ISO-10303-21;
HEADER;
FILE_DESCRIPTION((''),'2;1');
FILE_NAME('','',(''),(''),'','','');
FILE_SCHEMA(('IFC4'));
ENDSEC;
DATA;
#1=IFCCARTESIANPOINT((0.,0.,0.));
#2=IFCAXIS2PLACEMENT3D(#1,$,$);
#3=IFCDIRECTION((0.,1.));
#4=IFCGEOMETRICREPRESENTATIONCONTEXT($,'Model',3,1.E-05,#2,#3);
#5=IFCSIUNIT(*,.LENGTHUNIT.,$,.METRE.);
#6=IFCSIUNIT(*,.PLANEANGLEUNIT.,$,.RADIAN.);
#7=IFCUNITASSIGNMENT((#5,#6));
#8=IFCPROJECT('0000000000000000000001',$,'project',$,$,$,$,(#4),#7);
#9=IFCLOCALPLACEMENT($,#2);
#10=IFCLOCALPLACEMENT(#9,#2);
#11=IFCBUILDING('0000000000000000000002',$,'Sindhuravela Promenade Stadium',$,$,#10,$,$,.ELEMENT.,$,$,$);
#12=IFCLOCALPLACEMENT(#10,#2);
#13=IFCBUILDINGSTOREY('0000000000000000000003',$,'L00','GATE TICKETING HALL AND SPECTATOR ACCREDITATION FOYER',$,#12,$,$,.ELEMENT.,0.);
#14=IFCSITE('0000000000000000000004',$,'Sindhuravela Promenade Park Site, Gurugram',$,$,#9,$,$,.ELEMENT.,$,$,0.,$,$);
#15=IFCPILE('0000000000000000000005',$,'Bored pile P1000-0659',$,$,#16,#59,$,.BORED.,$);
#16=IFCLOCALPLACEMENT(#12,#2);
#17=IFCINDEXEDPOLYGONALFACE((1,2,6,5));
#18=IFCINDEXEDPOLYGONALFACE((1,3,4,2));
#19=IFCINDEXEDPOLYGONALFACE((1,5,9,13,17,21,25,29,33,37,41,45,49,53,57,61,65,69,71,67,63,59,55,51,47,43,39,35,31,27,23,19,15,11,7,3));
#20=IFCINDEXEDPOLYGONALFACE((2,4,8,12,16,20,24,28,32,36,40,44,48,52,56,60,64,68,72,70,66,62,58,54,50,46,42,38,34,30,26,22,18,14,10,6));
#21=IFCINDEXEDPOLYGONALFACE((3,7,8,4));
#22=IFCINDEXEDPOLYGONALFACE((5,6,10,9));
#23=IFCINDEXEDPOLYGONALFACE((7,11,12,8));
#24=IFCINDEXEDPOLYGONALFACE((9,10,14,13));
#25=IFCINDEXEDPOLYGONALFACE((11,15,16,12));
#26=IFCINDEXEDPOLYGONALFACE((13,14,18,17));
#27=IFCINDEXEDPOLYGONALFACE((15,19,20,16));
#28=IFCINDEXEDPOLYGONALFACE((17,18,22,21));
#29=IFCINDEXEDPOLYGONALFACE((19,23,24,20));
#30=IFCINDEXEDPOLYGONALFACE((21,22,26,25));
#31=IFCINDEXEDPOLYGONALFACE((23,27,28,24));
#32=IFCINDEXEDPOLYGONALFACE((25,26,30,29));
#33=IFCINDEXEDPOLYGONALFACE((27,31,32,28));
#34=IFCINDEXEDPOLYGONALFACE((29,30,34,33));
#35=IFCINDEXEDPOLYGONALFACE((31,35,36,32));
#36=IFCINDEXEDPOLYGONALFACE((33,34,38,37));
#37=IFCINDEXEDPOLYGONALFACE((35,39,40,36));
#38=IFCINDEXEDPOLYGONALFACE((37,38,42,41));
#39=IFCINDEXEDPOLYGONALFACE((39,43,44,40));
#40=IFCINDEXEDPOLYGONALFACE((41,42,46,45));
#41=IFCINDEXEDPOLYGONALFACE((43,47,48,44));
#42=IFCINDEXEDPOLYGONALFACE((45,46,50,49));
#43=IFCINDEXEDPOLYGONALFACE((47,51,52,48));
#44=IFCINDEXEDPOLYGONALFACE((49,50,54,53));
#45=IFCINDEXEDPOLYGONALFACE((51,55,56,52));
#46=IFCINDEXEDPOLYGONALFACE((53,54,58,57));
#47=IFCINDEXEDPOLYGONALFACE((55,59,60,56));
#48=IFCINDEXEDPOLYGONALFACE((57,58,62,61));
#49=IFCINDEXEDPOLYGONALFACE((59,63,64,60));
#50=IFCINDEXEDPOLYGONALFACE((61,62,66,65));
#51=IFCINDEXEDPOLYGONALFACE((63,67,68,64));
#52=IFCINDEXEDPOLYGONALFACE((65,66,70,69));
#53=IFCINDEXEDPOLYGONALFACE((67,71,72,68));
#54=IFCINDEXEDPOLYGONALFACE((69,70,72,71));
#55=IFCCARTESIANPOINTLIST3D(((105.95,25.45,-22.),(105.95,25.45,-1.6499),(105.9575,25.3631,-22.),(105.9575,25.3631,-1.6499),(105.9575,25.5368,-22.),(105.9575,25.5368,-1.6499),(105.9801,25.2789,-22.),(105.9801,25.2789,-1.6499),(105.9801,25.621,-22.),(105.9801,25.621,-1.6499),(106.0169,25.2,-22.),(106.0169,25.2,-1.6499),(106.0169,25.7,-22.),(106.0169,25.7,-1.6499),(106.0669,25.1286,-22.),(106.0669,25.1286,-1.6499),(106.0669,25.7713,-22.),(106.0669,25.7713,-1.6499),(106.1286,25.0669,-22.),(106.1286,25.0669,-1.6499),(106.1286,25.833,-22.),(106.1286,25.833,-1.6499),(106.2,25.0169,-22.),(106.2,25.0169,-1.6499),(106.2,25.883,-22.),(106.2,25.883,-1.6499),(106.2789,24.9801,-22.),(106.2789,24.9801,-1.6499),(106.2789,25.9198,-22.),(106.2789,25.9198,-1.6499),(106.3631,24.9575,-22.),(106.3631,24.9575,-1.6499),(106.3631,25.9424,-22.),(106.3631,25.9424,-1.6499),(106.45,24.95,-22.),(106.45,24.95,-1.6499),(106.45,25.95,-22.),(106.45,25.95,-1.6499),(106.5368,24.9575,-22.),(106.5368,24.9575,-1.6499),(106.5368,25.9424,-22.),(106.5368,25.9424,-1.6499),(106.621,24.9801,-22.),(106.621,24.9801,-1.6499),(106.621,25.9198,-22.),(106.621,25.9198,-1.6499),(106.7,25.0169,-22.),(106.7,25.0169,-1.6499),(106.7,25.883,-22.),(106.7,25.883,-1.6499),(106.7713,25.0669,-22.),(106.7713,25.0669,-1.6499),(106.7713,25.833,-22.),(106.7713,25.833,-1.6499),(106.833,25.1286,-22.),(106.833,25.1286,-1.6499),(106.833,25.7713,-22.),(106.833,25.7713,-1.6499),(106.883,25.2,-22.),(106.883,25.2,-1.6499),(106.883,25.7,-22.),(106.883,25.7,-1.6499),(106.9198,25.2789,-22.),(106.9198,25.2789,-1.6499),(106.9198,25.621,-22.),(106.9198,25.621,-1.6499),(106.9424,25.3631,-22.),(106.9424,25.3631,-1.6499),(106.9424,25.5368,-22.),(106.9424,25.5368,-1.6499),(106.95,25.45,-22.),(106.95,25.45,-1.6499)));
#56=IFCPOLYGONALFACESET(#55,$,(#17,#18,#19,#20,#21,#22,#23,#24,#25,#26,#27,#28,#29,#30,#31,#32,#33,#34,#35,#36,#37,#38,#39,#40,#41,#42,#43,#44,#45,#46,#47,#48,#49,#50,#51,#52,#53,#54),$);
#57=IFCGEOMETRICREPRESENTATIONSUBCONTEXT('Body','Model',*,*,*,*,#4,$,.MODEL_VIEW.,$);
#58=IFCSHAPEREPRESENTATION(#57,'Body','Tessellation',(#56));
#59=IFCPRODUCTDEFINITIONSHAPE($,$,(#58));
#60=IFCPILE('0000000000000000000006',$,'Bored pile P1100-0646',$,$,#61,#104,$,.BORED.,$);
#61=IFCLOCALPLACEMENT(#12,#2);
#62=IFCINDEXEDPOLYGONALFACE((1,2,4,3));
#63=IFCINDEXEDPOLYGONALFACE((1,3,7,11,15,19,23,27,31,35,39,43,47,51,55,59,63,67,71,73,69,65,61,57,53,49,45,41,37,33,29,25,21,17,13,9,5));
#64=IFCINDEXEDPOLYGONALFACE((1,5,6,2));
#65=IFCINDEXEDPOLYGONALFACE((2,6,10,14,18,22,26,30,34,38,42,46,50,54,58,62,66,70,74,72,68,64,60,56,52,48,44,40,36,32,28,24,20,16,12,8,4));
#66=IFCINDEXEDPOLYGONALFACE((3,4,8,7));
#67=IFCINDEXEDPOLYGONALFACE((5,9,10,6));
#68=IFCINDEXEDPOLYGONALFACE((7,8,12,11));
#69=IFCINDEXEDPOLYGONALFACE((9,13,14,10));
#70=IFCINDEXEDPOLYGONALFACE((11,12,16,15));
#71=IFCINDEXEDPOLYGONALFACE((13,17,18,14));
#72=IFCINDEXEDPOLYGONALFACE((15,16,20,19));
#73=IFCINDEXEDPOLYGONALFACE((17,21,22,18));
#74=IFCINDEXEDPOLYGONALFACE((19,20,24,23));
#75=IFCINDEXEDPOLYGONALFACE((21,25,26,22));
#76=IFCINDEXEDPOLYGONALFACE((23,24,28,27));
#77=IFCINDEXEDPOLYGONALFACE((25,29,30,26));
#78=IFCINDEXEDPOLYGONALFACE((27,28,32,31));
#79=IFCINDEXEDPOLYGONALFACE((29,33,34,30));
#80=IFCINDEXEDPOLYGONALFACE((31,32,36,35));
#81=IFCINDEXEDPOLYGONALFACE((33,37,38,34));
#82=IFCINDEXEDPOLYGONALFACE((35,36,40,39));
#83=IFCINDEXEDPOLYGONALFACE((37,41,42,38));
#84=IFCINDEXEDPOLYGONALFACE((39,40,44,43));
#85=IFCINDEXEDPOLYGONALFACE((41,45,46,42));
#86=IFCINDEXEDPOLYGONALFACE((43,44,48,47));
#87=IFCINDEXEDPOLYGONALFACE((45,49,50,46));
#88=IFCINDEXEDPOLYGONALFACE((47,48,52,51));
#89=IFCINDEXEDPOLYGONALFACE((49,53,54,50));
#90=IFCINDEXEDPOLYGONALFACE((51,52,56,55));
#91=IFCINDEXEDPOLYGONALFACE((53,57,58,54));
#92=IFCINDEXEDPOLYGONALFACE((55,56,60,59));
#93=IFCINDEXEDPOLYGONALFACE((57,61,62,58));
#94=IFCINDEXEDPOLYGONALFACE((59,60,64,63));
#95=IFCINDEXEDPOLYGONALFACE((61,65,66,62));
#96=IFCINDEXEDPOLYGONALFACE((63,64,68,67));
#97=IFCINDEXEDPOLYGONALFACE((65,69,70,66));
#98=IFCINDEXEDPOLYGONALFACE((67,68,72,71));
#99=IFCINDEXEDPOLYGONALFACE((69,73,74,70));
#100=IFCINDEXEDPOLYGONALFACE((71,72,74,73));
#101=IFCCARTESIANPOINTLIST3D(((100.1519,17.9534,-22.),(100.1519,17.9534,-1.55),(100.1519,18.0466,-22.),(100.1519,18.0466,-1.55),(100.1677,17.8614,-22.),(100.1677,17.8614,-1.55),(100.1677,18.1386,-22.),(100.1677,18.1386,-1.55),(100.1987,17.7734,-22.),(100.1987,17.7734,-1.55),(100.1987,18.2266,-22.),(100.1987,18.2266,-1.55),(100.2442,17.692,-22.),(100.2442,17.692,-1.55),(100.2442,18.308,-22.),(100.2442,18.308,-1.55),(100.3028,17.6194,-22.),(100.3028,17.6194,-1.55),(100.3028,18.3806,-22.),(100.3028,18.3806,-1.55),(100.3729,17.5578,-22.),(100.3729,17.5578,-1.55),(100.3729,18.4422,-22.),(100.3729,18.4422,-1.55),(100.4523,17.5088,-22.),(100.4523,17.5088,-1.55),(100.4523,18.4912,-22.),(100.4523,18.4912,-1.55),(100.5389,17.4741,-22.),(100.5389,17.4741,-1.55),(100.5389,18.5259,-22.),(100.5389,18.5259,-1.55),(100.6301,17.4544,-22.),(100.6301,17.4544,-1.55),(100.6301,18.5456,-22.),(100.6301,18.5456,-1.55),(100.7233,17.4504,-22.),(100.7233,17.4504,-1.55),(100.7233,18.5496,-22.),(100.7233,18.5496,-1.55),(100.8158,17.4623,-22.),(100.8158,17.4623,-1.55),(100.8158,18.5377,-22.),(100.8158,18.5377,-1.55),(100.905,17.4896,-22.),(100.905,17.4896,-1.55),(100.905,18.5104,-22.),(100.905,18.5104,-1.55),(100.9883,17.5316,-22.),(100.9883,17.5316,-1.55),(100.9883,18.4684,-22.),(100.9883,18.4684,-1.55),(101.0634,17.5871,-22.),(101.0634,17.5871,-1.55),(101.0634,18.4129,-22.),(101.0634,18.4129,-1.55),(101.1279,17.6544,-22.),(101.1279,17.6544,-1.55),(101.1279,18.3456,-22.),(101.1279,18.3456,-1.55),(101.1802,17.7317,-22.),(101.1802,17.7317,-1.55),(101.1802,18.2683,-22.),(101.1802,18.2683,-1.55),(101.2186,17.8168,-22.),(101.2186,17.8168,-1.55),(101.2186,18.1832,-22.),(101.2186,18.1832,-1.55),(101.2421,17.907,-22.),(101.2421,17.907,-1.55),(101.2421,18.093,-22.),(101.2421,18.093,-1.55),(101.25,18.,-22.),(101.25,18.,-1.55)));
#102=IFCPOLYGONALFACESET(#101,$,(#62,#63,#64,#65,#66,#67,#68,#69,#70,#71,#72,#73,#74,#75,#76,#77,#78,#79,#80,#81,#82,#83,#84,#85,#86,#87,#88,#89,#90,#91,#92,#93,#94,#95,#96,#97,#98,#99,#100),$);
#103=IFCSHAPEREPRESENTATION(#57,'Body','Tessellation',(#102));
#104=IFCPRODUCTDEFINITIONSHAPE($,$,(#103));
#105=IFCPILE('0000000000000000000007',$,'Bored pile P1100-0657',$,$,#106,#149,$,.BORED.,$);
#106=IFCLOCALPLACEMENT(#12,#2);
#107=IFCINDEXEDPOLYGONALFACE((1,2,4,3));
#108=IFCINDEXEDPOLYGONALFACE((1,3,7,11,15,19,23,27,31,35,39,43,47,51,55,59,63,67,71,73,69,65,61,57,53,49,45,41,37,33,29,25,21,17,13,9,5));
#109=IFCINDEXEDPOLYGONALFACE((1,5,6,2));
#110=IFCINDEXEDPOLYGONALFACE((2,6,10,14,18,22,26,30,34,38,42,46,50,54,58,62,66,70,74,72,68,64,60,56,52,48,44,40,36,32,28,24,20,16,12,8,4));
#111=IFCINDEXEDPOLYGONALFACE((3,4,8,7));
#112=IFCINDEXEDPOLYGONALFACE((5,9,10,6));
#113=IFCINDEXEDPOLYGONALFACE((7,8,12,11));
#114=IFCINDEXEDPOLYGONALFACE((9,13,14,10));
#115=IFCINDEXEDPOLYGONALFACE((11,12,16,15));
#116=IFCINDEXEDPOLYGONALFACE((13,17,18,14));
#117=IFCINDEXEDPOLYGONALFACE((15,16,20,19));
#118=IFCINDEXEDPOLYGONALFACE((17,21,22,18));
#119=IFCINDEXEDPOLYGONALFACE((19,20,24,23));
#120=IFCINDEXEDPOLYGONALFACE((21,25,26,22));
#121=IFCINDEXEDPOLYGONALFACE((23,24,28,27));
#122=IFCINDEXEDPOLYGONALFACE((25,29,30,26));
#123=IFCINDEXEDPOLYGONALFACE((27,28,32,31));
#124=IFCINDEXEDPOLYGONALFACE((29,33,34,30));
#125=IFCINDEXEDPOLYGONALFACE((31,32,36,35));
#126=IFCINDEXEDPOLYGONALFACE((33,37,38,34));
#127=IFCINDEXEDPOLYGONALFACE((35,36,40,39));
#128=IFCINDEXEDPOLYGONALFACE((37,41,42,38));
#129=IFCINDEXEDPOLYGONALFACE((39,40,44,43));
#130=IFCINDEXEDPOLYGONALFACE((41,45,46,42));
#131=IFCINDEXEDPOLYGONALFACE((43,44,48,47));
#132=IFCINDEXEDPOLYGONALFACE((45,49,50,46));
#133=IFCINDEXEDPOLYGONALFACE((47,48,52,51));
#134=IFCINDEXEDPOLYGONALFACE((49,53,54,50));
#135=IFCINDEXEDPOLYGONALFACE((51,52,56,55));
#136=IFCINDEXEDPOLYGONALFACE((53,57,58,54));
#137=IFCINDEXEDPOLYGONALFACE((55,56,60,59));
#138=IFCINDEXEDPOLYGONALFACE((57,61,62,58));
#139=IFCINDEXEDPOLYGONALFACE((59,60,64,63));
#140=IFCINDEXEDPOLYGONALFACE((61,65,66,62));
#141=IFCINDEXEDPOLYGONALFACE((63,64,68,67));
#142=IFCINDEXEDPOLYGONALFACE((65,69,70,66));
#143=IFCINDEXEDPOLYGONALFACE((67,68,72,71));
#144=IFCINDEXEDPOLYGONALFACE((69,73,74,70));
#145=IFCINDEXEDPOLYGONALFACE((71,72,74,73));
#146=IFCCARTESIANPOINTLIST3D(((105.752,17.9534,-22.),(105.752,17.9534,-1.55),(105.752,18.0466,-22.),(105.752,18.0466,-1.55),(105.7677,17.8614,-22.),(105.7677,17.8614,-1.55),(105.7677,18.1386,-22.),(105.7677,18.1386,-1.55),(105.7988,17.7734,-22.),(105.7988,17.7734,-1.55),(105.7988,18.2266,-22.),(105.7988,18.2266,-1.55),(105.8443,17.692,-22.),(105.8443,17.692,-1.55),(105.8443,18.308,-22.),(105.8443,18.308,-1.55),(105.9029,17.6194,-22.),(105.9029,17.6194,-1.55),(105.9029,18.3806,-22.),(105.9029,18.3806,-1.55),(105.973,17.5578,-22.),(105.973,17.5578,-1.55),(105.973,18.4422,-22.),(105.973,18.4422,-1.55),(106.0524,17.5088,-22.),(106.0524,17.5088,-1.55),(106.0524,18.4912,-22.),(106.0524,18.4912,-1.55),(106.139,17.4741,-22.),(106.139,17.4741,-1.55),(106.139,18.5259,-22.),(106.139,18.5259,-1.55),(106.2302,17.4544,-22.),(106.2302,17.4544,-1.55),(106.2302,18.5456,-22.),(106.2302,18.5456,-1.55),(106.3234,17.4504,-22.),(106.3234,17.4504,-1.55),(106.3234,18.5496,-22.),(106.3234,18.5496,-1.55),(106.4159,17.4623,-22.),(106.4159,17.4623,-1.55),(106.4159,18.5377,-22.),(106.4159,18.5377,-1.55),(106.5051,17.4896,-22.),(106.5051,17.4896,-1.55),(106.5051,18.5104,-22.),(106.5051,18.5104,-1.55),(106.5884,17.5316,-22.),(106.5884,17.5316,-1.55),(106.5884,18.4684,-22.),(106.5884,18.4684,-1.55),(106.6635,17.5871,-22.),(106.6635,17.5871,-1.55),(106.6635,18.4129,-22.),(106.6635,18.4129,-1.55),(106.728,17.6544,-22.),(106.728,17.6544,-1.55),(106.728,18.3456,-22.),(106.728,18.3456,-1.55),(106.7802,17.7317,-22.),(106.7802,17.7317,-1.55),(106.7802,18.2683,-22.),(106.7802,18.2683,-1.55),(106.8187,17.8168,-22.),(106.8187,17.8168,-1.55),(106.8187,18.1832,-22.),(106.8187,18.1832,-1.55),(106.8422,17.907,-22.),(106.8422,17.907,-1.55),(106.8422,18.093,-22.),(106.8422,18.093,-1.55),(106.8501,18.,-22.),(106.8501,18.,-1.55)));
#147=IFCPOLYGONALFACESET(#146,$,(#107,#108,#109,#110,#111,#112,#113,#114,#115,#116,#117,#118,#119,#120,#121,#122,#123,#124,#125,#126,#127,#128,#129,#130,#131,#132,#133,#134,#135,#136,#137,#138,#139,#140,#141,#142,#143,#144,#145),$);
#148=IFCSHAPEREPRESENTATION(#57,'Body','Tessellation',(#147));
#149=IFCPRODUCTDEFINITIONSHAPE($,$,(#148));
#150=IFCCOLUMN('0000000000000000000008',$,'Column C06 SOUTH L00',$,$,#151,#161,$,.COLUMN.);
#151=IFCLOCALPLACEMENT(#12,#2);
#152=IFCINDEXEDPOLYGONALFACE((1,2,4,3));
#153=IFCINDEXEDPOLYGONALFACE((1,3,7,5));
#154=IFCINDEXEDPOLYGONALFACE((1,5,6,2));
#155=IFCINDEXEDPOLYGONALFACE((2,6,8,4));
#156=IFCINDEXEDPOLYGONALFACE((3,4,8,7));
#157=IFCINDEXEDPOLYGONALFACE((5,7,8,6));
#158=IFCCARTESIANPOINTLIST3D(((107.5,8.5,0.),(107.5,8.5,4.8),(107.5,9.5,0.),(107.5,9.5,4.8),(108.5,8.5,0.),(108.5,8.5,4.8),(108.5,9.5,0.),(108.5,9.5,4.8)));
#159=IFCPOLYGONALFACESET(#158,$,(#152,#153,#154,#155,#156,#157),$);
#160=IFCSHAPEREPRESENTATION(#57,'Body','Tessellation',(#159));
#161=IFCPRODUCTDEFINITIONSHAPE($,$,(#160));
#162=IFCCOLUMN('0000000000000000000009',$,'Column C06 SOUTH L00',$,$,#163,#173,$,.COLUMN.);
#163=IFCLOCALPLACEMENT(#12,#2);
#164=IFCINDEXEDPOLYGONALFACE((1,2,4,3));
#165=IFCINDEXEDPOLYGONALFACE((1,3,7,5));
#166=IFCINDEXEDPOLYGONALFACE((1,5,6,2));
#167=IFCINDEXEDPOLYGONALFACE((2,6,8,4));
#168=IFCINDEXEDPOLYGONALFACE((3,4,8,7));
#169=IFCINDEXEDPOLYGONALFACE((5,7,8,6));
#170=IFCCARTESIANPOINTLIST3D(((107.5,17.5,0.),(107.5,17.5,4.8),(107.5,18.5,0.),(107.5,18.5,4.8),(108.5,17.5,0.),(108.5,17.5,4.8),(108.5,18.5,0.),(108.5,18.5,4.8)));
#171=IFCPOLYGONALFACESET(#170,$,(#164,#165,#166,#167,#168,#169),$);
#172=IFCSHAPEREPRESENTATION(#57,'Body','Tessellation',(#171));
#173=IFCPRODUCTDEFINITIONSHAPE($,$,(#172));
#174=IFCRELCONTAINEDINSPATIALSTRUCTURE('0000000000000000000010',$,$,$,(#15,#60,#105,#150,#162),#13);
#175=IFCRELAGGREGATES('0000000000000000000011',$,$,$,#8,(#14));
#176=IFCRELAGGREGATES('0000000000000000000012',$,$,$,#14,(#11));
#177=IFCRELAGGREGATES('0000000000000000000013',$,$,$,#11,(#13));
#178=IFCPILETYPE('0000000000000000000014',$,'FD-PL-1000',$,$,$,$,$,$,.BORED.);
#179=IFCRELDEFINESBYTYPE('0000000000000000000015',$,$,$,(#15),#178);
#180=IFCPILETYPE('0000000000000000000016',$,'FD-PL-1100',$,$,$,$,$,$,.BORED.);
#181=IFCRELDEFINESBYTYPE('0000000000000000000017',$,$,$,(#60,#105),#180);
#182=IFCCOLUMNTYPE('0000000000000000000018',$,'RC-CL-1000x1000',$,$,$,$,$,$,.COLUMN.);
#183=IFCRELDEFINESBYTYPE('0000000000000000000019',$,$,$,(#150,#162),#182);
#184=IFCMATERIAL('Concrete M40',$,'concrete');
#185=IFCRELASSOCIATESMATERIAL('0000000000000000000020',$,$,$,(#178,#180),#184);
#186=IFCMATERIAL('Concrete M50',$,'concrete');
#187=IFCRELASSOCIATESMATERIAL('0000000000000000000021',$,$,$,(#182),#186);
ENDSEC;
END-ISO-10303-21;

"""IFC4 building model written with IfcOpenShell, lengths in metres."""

from ifc_helpers import new_model, si_unit, direction, frame, origin, origin_2d, place, context, subcontext, project, spatial, rectangle, circle, extrude, material, material_profile, profile_set, type_object, element, save


model = new_model("IFC4")

# Units and contexts
model_context = context("Model", 3, precision=1e-05, world=origin(), true_north=direction((0.0, 1.0)))
body_context = subcontext(model_context, "Body", "Model", "MODEL_VIEW")
ifc_project = project(units=[si_unit("LENGTHUNIT", "METRE"), si_unit("PLANEANGLEUNIT", "RADIAN")], contexts=[model_context])

# Site, building, storey
site_placement = place(None, origin())
site = spatial("IfcSite", under=ifc_project, at=site_placement, Name="Sindhuravela Promenade Park Site, Gurugram", CompositionType="ELEMENT", RefElevation=0.0)
building_placement = place(site_placement, origin())
building = spatial("IfcBuilding", under=site, at=building_placement, Name="Sindhuravela Promenade Stadium", CompositionType="ELEMENT")
storey_placement = place(building_placement, origin())
storey = spatial("IfcBuildingStorey", under=building, at=storey_placement, Name="L00", Description="GATE TICKETING HALL AND SPECTATOR ACCREDITATION FOYER", CompositionType="ELEMENT", Elevation=0.0)

# Shared definitions
ifc_material_1 = material(Name="Concrete M50", Category="concrete")

# Piles
ifc_material_2 = material(Name="Concrete M40", Category="concrete")
ifc_material_profile_1 = material_profile(ifc_material_2, circle(Radius=0.5, at=origin_2d()), Name="BORED PILE D1000")
ifc_profile_set_1 = profile_set([ifc_material_profile_1], Name="Concrete M40")
pile_type_1 = type_object("IfcPileType", Name="FD-PL-1000", PredefinedType="BORED", material=ifc_profile_set_1)
for number, where, z_axis, x_axis, name in (
    (1, (106.45, 25.45, -1.6499), (0.0, 0.0, -1.0), (1.0, 0.0, 0.0), "Bored pile P1000-0659"),
):
    element("IfcPile", number, at=place(storey_placement, frame(where, z_axis=z_axis, x_axis=x_axis)), inside=storey, type_object=pile_type_1, Name=name, PredefinedType="BORED", context=body_context, shape_type="SweptSolid", body=[
        extrude(circle(Radius=0.5, at=origin_2d()), origin(), (0.0, 0.0, 1.0), 20.3501),
    ])
ifc_material_profile_2 = material_profile(ifc_material_2, circle(Radius=0.55, at=origin_2d()), Name="BORED PILE D1100")
ifc_profile_set_2 = profile_set([ifc_material_profile_2], Name="Concrete M40")
pile_type_2 = type_object("IfcPileType", Name="FD-PL-1100", PredefinedType="BORED", material=ifc_profile_set_2)
for number, where, z_axis, x_axis, name in (
    (2, (100.7, 18.0, -1.55), (0.0, 0.0, -1.0), (1.0, 0.0, 0.0), "Bored pile P1100-0646"),
    (3, (106.3, 18.0, -1.55), (0.0, 0.0, -1.0), (1.0, 0.0, 0.0), "Bored pile P1100-0657"),
):
    element("IfcPile", number, at=place(storey_placement, frame(where, z_axis=z_axis, x_axis=x_axis)), inside=storey, type_object=pile_type_2, Name=name, PredefinedType="BORED", context=body_context, shape_type="SweptSolid", body=[
        extrude(circle(Radius=0.55, at=origin_2d()), origin(), (0.0, 0.0, 1.0), 20.45),
    ])

# Columns
ifc_material_profile_3 = material_profile(ifc_material_1, rectangle(XDim=1.0, YDim=1.0, at=origin_2d()), Name="RC 1000x1000")
ifc_profile_set_3 = profile_set([ifc_material_profile_3], Name="Concrete M50")
column_type = type_object("IfcColumnType", Name="RC-CL-1000x1000", PredefinedType="COLUMN", material=ifc_profile_set_3)
for number, where, z_axis, x_axis, name in (
    (4, (108.0, 9.0, 0.0), (0.0, 0.0, 1.0), (1.0, 0.0, 0.0), "Column C06 SOUTH L00"),
    (5, (108.0, 18.0, 0.0), (0.0, 0.0, 1.0), (1.0, 0.0, 0.0), "Column C06 SOUTH L00"),
):
    element("IfcColumn", number, at=place(storey_placement, frame(where, z_axis=z_axis, x_axis=x_axis)), inside=storey, type_object=column_type, Name=name, PredefinedType="COLUMN", context=body_context, shape_type="SweptSolid", body=[
        extrude(rectangle(XDim=1.0, YDim=1.0, at=origin_2d()), origin(), (0.0, 0.0, 1.0), 4.8),
    ])

save(model, "model.ifc")
